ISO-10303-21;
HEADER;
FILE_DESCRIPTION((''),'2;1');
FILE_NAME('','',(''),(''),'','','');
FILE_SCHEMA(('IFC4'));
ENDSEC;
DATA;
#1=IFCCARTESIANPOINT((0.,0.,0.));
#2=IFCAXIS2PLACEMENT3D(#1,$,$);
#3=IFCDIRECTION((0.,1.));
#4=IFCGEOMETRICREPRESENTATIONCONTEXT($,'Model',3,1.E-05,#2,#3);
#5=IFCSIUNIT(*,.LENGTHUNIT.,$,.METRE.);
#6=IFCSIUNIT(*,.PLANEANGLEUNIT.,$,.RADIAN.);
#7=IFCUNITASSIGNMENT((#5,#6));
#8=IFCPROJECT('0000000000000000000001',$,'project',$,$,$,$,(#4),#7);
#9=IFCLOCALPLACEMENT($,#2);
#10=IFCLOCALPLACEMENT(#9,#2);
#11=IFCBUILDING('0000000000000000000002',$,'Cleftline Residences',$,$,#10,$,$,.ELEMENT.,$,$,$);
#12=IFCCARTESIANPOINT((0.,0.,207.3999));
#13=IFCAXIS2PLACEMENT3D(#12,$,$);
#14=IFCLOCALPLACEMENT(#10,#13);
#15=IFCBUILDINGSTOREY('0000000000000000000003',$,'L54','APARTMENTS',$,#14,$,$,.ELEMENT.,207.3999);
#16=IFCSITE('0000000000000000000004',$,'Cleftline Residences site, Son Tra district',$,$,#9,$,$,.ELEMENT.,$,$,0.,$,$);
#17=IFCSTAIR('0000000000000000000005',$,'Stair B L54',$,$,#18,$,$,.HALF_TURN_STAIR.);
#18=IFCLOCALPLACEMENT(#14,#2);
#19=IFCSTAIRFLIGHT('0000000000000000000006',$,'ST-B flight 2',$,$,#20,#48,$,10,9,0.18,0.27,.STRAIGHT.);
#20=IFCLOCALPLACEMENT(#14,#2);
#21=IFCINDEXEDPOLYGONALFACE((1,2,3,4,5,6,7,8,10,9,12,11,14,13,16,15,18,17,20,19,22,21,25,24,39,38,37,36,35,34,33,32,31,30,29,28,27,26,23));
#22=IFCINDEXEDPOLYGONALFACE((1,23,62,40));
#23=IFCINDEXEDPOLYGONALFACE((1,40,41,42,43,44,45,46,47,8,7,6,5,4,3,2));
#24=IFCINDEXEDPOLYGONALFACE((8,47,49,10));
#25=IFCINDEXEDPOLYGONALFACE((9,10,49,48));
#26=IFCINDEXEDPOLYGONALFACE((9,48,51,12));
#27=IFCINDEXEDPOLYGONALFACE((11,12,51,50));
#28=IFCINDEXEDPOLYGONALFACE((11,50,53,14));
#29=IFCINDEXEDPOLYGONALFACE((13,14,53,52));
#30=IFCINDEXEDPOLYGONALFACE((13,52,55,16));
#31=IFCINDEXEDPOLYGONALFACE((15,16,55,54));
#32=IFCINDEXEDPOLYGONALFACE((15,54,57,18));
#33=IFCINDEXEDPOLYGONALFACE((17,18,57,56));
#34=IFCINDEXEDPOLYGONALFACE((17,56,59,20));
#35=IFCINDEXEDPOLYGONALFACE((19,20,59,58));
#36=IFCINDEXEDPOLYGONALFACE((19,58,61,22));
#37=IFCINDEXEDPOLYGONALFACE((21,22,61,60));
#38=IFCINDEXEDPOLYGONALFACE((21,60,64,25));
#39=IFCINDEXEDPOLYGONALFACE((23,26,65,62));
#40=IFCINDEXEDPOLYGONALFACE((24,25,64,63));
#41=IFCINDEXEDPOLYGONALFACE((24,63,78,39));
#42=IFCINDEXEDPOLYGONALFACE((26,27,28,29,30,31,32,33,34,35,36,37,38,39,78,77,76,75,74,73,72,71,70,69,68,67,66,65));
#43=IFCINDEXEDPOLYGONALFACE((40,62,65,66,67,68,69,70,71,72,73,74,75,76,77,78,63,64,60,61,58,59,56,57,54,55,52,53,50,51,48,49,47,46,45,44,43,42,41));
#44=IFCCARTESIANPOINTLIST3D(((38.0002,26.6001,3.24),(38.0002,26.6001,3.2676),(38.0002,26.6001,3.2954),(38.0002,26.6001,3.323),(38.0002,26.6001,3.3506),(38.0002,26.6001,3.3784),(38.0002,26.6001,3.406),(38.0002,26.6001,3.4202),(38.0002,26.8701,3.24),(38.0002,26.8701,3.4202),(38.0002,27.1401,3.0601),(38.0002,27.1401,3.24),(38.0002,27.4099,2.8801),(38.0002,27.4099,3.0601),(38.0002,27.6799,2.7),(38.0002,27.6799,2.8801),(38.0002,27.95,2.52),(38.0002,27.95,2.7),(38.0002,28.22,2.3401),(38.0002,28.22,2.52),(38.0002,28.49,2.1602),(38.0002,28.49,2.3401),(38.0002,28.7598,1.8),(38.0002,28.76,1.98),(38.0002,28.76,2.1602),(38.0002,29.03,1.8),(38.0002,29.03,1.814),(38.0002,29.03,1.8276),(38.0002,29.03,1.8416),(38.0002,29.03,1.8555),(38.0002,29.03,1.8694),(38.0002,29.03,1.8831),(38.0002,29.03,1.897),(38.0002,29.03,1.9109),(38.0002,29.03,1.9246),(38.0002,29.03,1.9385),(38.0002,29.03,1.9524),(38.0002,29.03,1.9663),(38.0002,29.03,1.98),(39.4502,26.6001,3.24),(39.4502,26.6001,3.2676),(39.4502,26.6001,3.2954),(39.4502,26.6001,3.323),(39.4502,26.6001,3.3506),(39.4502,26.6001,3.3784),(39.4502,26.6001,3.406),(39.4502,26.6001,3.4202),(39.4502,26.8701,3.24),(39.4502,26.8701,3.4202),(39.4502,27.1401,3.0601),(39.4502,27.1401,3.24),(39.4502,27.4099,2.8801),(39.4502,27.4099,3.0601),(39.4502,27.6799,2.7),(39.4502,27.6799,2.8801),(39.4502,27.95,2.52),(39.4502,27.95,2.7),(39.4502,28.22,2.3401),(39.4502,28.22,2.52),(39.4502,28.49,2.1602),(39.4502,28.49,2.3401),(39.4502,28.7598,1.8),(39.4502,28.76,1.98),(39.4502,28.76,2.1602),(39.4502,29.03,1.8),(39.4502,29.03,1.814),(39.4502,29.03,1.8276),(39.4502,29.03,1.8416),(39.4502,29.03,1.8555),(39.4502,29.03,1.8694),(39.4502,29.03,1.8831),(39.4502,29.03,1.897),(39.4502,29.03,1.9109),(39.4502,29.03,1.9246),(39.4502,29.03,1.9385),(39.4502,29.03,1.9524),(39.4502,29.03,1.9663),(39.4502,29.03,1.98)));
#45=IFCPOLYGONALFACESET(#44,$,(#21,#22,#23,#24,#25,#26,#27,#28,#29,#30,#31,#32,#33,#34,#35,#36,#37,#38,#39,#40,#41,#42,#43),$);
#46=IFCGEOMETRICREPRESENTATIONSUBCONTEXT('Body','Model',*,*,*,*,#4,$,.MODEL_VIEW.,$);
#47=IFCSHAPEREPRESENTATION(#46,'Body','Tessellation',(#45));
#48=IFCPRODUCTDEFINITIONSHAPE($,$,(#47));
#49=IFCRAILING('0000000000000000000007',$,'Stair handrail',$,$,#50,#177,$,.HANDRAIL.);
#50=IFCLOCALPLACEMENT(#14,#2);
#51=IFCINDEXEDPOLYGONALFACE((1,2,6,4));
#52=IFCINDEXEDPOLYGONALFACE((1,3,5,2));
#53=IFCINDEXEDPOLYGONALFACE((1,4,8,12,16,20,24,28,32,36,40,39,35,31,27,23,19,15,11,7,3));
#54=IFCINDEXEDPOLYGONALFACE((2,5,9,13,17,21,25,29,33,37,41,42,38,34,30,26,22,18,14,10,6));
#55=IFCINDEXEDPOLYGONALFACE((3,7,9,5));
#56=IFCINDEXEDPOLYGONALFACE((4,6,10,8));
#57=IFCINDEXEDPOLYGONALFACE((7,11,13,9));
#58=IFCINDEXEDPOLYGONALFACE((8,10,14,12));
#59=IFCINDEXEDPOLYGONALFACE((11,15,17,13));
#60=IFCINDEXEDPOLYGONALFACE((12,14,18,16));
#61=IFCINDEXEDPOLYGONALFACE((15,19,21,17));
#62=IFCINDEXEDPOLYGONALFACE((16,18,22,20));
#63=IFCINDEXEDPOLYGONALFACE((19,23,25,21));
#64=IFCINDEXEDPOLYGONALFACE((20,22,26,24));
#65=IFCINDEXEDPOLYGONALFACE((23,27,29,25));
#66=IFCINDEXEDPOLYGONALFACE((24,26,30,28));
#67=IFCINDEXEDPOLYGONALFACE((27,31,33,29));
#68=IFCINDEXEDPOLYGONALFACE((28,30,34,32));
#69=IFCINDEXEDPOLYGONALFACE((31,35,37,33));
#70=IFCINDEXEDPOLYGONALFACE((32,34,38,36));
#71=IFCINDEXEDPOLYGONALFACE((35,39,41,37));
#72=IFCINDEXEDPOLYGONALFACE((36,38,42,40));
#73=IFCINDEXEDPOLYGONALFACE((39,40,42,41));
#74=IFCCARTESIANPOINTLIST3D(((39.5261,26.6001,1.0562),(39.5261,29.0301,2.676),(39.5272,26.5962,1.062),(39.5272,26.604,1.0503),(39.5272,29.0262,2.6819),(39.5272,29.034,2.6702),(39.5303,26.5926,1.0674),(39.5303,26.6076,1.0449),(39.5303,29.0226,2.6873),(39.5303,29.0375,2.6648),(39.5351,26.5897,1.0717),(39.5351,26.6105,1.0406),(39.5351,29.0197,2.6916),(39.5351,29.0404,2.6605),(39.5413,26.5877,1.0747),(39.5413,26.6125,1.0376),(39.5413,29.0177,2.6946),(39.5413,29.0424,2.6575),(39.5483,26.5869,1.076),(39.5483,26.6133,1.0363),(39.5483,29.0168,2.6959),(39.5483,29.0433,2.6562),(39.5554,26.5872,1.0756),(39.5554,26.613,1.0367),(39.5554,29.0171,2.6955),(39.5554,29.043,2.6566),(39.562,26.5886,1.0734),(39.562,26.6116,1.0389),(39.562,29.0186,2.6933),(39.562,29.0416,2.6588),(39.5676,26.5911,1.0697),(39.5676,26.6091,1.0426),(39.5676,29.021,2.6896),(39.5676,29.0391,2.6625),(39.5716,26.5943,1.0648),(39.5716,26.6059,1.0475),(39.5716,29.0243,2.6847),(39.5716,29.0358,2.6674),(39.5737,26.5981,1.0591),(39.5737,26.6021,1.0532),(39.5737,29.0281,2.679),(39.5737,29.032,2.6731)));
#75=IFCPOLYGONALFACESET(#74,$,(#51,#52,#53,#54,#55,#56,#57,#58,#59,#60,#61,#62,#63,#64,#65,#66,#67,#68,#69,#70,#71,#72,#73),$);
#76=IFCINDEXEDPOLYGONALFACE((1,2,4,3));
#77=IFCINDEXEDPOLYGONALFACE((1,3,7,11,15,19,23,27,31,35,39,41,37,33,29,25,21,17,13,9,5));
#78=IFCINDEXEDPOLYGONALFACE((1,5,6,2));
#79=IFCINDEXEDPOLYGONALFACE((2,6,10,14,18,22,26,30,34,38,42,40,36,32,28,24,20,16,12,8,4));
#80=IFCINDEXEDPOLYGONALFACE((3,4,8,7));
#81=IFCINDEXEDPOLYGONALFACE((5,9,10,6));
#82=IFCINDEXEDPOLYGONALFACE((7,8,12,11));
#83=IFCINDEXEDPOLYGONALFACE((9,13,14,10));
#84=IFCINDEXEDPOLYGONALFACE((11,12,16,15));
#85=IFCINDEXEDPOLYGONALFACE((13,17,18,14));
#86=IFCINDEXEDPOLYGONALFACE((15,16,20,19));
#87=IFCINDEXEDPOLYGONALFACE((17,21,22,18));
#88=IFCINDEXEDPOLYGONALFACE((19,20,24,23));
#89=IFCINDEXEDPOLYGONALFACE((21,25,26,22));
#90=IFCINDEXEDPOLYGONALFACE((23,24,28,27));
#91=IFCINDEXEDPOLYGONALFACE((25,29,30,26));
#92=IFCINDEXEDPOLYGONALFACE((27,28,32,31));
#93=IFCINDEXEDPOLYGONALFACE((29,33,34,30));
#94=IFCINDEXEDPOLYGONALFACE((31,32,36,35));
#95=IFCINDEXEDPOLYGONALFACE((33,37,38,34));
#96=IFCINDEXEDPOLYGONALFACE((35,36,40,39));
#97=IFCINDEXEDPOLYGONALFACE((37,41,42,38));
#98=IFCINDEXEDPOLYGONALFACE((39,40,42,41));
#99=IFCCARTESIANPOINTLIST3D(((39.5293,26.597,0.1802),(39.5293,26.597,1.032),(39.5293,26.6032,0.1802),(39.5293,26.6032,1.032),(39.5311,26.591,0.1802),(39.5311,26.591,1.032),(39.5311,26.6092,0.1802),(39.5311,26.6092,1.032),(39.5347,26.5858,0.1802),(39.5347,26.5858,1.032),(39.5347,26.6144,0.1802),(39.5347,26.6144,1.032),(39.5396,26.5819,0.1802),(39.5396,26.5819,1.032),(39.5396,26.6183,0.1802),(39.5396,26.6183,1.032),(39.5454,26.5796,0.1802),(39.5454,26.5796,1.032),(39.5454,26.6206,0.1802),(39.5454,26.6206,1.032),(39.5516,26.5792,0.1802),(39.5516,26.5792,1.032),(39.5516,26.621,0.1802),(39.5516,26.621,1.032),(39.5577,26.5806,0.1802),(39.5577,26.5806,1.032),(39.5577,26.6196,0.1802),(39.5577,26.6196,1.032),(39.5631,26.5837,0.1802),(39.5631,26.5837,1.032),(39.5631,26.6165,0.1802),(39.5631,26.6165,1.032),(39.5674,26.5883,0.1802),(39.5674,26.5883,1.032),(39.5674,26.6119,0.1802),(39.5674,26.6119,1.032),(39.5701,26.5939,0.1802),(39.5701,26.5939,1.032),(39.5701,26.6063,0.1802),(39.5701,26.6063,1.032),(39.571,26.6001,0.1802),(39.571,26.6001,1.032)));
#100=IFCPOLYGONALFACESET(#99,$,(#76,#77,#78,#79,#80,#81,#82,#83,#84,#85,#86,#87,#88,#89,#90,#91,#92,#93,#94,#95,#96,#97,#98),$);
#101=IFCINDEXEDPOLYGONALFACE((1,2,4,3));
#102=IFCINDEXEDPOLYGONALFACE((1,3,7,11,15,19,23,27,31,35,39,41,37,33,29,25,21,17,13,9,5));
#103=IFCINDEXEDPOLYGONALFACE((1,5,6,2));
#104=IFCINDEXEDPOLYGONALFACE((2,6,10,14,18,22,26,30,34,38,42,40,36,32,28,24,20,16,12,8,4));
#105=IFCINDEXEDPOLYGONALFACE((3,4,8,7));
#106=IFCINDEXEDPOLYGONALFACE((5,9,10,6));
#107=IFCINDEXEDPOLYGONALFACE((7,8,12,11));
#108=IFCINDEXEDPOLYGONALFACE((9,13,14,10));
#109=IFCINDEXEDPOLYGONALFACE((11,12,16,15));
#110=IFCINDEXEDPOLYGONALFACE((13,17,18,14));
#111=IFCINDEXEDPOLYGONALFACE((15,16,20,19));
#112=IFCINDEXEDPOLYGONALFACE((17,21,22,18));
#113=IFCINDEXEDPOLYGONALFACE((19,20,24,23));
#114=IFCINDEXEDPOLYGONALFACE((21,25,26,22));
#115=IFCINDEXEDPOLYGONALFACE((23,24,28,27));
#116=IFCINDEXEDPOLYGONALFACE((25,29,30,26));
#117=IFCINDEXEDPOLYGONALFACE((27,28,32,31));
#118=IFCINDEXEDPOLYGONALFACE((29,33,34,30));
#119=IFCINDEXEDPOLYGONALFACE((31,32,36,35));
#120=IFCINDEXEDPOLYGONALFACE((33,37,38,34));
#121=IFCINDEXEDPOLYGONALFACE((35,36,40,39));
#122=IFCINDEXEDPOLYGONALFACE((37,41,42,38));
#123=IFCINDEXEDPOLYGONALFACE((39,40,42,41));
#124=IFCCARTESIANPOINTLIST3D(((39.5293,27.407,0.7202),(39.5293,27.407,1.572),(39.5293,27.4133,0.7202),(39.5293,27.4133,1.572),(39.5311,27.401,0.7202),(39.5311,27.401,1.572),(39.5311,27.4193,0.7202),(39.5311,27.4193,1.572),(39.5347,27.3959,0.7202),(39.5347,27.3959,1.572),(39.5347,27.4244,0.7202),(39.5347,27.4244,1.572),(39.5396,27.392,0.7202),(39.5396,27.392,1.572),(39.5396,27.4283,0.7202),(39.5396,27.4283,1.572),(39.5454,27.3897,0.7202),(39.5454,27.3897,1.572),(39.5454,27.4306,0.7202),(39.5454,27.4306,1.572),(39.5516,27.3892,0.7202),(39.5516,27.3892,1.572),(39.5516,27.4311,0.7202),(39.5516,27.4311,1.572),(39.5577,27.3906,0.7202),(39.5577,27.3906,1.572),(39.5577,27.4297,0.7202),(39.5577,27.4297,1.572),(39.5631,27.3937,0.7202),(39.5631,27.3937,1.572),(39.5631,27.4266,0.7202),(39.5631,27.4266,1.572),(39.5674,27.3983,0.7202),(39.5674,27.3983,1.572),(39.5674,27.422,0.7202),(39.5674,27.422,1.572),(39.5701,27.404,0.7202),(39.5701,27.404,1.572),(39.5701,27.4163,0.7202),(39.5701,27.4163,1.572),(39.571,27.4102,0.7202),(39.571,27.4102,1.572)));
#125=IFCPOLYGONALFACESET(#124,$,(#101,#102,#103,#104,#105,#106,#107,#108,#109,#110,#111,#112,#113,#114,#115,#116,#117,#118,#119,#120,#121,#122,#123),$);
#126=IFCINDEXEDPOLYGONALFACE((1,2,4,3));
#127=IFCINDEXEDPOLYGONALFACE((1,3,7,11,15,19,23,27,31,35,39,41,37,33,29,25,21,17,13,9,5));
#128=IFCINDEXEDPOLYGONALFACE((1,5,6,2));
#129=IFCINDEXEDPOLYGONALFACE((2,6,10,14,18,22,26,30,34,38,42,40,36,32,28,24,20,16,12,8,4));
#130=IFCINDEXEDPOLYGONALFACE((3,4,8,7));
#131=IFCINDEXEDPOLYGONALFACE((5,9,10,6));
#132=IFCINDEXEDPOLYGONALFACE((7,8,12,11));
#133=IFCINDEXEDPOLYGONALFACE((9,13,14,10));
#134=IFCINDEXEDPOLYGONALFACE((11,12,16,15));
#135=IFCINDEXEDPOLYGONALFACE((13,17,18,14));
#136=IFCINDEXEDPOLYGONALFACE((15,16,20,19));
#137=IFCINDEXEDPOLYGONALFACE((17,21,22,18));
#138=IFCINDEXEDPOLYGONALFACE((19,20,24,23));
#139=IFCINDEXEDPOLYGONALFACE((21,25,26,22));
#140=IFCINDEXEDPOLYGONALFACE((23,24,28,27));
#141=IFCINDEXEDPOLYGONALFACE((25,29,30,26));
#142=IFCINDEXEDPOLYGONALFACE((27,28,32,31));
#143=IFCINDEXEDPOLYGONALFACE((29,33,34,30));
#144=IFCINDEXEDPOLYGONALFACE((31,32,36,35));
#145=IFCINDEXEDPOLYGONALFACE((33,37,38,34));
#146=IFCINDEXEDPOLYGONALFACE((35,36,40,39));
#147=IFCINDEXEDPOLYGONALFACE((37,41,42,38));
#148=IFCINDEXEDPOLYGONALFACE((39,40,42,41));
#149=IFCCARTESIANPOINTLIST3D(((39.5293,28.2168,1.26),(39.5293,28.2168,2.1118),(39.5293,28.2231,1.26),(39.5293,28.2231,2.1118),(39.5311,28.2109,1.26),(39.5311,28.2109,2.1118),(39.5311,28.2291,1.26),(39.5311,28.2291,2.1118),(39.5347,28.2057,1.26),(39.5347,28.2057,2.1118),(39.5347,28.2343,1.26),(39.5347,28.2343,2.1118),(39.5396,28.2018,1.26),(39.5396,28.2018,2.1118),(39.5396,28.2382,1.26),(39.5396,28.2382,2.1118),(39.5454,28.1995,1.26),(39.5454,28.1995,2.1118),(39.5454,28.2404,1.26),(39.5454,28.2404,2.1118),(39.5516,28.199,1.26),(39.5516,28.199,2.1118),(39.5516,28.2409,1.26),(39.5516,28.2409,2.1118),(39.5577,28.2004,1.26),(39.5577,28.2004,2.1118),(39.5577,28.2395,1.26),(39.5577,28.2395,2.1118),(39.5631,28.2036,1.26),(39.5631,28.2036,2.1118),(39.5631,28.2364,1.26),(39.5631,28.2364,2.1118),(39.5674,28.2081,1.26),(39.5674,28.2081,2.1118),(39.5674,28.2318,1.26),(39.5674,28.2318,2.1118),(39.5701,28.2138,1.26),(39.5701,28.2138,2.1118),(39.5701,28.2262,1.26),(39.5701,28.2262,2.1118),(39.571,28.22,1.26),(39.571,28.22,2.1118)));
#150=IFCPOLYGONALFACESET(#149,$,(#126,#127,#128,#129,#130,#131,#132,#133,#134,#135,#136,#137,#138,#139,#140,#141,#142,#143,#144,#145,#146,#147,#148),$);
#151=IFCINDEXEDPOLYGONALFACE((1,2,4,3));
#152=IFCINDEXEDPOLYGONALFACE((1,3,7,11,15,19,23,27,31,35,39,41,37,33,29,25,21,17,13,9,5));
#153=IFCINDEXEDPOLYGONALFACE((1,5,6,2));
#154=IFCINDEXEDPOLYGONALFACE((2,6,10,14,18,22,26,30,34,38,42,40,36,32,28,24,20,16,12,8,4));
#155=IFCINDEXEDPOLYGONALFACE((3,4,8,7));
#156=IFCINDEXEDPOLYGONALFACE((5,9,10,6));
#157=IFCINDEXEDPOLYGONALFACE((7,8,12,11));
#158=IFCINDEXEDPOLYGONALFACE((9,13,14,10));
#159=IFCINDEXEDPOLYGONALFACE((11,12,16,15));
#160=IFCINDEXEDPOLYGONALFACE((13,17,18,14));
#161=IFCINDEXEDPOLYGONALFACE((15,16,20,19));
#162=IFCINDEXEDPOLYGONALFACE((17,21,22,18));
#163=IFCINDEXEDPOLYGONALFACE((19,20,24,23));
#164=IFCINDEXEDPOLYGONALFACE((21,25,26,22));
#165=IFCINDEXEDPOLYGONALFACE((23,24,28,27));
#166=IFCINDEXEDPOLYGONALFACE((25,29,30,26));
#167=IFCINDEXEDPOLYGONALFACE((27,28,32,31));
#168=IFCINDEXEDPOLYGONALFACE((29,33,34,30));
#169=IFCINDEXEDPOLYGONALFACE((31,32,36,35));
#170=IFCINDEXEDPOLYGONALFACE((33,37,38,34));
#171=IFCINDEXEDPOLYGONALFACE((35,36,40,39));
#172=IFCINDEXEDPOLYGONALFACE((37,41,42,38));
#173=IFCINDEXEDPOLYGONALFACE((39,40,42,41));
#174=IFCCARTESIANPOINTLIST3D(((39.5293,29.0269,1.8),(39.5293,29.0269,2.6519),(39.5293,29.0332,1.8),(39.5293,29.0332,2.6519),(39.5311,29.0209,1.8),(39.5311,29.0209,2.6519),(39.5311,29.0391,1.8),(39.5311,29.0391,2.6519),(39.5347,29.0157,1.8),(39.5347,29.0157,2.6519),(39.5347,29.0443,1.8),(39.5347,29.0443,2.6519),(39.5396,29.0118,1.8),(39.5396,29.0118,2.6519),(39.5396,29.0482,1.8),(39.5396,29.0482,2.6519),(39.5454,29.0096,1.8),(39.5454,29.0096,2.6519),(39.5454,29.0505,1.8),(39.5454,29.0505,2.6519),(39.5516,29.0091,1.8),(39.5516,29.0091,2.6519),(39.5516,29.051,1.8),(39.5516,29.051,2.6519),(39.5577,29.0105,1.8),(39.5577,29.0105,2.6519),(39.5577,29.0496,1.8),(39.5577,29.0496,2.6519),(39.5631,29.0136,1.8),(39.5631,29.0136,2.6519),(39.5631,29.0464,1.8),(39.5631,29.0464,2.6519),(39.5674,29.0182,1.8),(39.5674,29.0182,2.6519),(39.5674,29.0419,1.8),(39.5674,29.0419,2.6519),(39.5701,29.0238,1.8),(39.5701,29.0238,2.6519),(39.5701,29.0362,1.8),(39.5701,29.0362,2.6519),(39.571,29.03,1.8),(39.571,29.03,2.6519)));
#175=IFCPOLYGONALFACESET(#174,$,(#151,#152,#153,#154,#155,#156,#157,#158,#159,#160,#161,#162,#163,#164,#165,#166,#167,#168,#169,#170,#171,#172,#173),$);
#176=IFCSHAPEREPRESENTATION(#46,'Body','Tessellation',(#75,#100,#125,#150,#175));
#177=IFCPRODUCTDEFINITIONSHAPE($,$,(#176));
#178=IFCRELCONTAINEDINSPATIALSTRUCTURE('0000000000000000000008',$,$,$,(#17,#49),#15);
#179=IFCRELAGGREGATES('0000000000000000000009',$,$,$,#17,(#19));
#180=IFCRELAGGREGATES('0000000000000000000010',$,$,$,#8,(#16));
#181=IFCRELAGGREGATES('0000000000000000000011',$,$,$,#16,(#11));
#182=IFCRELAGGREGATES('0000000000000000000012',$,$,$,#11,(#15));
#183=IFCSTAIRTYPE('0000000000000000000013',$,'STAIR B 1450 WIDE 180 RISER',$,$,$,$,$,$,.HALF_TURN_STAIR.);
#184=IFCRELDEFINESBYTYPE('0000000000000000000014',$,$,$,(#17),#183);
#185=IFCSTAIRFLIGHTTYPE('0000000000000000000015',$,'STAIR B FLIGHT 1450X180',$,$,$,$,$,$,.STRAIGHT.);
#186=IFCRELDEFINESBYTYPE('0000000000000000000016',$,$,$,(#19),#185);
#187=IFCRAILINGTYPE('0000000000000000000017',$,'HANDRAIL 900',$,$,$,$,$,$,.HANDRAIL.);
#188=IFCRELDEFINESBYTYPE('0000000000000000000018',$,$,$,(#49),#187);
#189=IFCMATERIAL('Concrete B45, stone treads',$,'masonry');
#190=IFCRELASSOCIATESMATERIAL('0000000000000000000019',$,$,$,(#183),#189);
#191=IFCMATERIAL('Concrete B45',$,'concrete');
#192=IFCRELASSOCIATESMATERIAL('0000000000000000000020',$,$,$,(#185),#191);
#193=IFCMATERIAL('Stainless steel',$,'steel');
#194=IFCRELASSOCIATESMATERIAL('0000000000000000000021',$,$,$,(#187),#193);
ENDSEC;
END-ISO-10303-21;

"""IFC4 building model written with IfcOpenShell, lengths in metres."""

from ifc_helpers import new_model, si_unit, direction, frame, origin, origin_2d, place, context, subcontext, project, spatial, polyline, circle, outline, extrude, material, type_object, element, aggregate, save


model = new_model("IFC4")

# Units and contexts
model_context = context("Model", 3, precision=1e-05, world=origin(), true_north=direction((0.0, 1.0)))
body_context = subcontext(model_context, "Body", "Model", "MODEL_VIEW")
ifc_project = project(units=[si_unit("LENGTHUNIT", "METRE"), si_unit("PLANEANGLEUNIT", "RADIAN")], contexts=[model_context])

# Site, building, storey
site_placement = place(None, origin())
site = spatial("IfcSite", under=ifc_project, at=site_placement, Name="Cleftline Residences site, Son Tra district", CompositionType="ELEMENT", RefElevation=0.0)
building_placement = place(site_placement, origin())
building = spatial("IfcBuilding", under=site, at=building_placement, Name="Cleftline Residences", CompositionType="ELEMENT")
storey_placement = place(building_placement, frame((0.0, 0.0, 207.3999)))
storey = spatial("IfcBuildingStorey", under=building, at=storey_placement, Name="L54", Description="APARTMENTS", CompositionType="ELEMENT", Elevation=207.3999)

# Stair, stair flight
ifc_material_1 = material(Name="Concrete B45, stone treads", Category="masonry")
stair_type = type_object("IfcStairType", Name="STAIR B 1450 WIDE 180 RISER", PredefinedType="HALF_TURN_STAIR", material=ifc_material_1)
stair_placement = place(storey_placement, origin())
stair = element("IfcStair", 1, at=stair_placement, inside=storey, type_object=stair_type, Name="Stair B L54", PredefinedType="HALF_TURN_STAIR")
ifc_material_2 = material(Name="Concrete B45", Category="concrete")
stair_flight_type = type_object("IfcStairFlightType", Name="STAIR B FLIGHT 1450X180", PredefinedType="STRAIGHT", material=ifc_material_2)
stair_flight_1_placement = place(storey_placement, frame((38.7251, 29.03, 1.8), z_axis=(0.0, 0.0, 1.0), x_axis=(0.0, -1.0, 0.0)))
stair_flight_1 = element("IfcStairFlight", 2, at=stair_flight_1_placement, type_object=stair_flight_type, Name="ST-B flight 2", NumberOfRisers=10, NumberOfTreads=9, PredefinedType="STRAIGHT", RiserHeight=0.18, TreadLength=0.27, context=body_context, shape_type="SweptSolid", body=[
    extrude(outline(polyline([(0.0, 0.0), (0.0, 0.0139), (0.0, 0.0276), (0.0, 0.0415), (0.0, 0.0554), (0.0, 0.0693), (0.0, 0.083), (0.0, 0.0969), (0.0, 0.1108), (0.0, 0.1245), (0.0, 0.1384), (0.0, 0.1523), (0.0, 0.1663), (0.0, 0.1799), (0.27, 0.1799), (0.27, 0.3601), (0.54, 0.3601), (0.54, 0.54), (0.8101, 0.54), (0.8101, 0.72), (1.0801, 0.72), (1.0801, 0.8999), (1.3501, 0.8999), (1.3501, 1.0801), (1.6201, 1.0801), (1.6201, 1.26), (1.8899, 1.26), (1.8899, 1.4399), (2.1599, 1.4399), (2.1599, 1.6201), (2.4299, 1.6201), (2.4299, 1.8), (2.4299, 1.7722), (2.4299, 1.7446), (2.4299, 1.7168), (2.4299, 1.6892), (2.4299, 1.6614), (2.4299, 1.6338), (2.4299, 1.606), (2.4299, 1.5784), (2.4299, 1.5505), (2.4299, 1.5229), (2.4299, 1.4954), (2.4299, 1.4675), (2.4299, 1.4399), (0.2703, 0.0), (0.0, 0.0)])), frame((0.0, 0.7251, 0.0), z_axis=(0.0, -1.0, 0.0), x_axis=(1.0, 0.0, 0.0)), (0.0, 0.0, 1.0), 1.45),
])
aggregate(stair, [stair_flight_1])

# Railing
ifc_material_3 = material(Name="Stainless steel", Category="steel")
railing_type = type_object("IfcRailingType", Name="HANDRAIL 900", PredefinedType="HANDRAIL", material=ifc_material_3)
railing_1_placement = place(storey_placement, frame((39.55, 26.6001, 0.1802)))
element("IfcRailing", 3, at=railing_1_placement, inside=storey, type_object=railing_type, Name="Stair handrail", PredefinedType="HANDRAIL", context=body_context, shape_type="SweptSolid", body=[
    extrude(circle(Radius=0.0239, at=origin_2d()), frame((0.0, 0.0, 0.876), z_axis=(0.0, 0.832063, 0.554681), x_axis=(-1.0, 0.0, 0.0)), (0.0, 0.0, 1.0), 2.9204),
    extrude(circle(Radius=0.021, at=origin_2d()), origin(), (0.0, 0.0, 1.0), 0.8518),
    extrude(circle(Radius=0.021, at=origin_2d()), frame((0.0, 0.8101, 0.54)), (0.0, 0.0, 1.0), 0.8518),
    extrude(circle(Radius=0.021, at=origin_2d()), frame((0.0, 1.6199, 1.0798)), (0.0, 0.0, 1.0), 0.8518),
    extrude(circle(Radius=0.021, at=origin_2d()), frame((0.0, 2.4299, 1.6199)), (0.0, 0.0, 1.0), 0.8518),
])

save(model, "model.ifc")
